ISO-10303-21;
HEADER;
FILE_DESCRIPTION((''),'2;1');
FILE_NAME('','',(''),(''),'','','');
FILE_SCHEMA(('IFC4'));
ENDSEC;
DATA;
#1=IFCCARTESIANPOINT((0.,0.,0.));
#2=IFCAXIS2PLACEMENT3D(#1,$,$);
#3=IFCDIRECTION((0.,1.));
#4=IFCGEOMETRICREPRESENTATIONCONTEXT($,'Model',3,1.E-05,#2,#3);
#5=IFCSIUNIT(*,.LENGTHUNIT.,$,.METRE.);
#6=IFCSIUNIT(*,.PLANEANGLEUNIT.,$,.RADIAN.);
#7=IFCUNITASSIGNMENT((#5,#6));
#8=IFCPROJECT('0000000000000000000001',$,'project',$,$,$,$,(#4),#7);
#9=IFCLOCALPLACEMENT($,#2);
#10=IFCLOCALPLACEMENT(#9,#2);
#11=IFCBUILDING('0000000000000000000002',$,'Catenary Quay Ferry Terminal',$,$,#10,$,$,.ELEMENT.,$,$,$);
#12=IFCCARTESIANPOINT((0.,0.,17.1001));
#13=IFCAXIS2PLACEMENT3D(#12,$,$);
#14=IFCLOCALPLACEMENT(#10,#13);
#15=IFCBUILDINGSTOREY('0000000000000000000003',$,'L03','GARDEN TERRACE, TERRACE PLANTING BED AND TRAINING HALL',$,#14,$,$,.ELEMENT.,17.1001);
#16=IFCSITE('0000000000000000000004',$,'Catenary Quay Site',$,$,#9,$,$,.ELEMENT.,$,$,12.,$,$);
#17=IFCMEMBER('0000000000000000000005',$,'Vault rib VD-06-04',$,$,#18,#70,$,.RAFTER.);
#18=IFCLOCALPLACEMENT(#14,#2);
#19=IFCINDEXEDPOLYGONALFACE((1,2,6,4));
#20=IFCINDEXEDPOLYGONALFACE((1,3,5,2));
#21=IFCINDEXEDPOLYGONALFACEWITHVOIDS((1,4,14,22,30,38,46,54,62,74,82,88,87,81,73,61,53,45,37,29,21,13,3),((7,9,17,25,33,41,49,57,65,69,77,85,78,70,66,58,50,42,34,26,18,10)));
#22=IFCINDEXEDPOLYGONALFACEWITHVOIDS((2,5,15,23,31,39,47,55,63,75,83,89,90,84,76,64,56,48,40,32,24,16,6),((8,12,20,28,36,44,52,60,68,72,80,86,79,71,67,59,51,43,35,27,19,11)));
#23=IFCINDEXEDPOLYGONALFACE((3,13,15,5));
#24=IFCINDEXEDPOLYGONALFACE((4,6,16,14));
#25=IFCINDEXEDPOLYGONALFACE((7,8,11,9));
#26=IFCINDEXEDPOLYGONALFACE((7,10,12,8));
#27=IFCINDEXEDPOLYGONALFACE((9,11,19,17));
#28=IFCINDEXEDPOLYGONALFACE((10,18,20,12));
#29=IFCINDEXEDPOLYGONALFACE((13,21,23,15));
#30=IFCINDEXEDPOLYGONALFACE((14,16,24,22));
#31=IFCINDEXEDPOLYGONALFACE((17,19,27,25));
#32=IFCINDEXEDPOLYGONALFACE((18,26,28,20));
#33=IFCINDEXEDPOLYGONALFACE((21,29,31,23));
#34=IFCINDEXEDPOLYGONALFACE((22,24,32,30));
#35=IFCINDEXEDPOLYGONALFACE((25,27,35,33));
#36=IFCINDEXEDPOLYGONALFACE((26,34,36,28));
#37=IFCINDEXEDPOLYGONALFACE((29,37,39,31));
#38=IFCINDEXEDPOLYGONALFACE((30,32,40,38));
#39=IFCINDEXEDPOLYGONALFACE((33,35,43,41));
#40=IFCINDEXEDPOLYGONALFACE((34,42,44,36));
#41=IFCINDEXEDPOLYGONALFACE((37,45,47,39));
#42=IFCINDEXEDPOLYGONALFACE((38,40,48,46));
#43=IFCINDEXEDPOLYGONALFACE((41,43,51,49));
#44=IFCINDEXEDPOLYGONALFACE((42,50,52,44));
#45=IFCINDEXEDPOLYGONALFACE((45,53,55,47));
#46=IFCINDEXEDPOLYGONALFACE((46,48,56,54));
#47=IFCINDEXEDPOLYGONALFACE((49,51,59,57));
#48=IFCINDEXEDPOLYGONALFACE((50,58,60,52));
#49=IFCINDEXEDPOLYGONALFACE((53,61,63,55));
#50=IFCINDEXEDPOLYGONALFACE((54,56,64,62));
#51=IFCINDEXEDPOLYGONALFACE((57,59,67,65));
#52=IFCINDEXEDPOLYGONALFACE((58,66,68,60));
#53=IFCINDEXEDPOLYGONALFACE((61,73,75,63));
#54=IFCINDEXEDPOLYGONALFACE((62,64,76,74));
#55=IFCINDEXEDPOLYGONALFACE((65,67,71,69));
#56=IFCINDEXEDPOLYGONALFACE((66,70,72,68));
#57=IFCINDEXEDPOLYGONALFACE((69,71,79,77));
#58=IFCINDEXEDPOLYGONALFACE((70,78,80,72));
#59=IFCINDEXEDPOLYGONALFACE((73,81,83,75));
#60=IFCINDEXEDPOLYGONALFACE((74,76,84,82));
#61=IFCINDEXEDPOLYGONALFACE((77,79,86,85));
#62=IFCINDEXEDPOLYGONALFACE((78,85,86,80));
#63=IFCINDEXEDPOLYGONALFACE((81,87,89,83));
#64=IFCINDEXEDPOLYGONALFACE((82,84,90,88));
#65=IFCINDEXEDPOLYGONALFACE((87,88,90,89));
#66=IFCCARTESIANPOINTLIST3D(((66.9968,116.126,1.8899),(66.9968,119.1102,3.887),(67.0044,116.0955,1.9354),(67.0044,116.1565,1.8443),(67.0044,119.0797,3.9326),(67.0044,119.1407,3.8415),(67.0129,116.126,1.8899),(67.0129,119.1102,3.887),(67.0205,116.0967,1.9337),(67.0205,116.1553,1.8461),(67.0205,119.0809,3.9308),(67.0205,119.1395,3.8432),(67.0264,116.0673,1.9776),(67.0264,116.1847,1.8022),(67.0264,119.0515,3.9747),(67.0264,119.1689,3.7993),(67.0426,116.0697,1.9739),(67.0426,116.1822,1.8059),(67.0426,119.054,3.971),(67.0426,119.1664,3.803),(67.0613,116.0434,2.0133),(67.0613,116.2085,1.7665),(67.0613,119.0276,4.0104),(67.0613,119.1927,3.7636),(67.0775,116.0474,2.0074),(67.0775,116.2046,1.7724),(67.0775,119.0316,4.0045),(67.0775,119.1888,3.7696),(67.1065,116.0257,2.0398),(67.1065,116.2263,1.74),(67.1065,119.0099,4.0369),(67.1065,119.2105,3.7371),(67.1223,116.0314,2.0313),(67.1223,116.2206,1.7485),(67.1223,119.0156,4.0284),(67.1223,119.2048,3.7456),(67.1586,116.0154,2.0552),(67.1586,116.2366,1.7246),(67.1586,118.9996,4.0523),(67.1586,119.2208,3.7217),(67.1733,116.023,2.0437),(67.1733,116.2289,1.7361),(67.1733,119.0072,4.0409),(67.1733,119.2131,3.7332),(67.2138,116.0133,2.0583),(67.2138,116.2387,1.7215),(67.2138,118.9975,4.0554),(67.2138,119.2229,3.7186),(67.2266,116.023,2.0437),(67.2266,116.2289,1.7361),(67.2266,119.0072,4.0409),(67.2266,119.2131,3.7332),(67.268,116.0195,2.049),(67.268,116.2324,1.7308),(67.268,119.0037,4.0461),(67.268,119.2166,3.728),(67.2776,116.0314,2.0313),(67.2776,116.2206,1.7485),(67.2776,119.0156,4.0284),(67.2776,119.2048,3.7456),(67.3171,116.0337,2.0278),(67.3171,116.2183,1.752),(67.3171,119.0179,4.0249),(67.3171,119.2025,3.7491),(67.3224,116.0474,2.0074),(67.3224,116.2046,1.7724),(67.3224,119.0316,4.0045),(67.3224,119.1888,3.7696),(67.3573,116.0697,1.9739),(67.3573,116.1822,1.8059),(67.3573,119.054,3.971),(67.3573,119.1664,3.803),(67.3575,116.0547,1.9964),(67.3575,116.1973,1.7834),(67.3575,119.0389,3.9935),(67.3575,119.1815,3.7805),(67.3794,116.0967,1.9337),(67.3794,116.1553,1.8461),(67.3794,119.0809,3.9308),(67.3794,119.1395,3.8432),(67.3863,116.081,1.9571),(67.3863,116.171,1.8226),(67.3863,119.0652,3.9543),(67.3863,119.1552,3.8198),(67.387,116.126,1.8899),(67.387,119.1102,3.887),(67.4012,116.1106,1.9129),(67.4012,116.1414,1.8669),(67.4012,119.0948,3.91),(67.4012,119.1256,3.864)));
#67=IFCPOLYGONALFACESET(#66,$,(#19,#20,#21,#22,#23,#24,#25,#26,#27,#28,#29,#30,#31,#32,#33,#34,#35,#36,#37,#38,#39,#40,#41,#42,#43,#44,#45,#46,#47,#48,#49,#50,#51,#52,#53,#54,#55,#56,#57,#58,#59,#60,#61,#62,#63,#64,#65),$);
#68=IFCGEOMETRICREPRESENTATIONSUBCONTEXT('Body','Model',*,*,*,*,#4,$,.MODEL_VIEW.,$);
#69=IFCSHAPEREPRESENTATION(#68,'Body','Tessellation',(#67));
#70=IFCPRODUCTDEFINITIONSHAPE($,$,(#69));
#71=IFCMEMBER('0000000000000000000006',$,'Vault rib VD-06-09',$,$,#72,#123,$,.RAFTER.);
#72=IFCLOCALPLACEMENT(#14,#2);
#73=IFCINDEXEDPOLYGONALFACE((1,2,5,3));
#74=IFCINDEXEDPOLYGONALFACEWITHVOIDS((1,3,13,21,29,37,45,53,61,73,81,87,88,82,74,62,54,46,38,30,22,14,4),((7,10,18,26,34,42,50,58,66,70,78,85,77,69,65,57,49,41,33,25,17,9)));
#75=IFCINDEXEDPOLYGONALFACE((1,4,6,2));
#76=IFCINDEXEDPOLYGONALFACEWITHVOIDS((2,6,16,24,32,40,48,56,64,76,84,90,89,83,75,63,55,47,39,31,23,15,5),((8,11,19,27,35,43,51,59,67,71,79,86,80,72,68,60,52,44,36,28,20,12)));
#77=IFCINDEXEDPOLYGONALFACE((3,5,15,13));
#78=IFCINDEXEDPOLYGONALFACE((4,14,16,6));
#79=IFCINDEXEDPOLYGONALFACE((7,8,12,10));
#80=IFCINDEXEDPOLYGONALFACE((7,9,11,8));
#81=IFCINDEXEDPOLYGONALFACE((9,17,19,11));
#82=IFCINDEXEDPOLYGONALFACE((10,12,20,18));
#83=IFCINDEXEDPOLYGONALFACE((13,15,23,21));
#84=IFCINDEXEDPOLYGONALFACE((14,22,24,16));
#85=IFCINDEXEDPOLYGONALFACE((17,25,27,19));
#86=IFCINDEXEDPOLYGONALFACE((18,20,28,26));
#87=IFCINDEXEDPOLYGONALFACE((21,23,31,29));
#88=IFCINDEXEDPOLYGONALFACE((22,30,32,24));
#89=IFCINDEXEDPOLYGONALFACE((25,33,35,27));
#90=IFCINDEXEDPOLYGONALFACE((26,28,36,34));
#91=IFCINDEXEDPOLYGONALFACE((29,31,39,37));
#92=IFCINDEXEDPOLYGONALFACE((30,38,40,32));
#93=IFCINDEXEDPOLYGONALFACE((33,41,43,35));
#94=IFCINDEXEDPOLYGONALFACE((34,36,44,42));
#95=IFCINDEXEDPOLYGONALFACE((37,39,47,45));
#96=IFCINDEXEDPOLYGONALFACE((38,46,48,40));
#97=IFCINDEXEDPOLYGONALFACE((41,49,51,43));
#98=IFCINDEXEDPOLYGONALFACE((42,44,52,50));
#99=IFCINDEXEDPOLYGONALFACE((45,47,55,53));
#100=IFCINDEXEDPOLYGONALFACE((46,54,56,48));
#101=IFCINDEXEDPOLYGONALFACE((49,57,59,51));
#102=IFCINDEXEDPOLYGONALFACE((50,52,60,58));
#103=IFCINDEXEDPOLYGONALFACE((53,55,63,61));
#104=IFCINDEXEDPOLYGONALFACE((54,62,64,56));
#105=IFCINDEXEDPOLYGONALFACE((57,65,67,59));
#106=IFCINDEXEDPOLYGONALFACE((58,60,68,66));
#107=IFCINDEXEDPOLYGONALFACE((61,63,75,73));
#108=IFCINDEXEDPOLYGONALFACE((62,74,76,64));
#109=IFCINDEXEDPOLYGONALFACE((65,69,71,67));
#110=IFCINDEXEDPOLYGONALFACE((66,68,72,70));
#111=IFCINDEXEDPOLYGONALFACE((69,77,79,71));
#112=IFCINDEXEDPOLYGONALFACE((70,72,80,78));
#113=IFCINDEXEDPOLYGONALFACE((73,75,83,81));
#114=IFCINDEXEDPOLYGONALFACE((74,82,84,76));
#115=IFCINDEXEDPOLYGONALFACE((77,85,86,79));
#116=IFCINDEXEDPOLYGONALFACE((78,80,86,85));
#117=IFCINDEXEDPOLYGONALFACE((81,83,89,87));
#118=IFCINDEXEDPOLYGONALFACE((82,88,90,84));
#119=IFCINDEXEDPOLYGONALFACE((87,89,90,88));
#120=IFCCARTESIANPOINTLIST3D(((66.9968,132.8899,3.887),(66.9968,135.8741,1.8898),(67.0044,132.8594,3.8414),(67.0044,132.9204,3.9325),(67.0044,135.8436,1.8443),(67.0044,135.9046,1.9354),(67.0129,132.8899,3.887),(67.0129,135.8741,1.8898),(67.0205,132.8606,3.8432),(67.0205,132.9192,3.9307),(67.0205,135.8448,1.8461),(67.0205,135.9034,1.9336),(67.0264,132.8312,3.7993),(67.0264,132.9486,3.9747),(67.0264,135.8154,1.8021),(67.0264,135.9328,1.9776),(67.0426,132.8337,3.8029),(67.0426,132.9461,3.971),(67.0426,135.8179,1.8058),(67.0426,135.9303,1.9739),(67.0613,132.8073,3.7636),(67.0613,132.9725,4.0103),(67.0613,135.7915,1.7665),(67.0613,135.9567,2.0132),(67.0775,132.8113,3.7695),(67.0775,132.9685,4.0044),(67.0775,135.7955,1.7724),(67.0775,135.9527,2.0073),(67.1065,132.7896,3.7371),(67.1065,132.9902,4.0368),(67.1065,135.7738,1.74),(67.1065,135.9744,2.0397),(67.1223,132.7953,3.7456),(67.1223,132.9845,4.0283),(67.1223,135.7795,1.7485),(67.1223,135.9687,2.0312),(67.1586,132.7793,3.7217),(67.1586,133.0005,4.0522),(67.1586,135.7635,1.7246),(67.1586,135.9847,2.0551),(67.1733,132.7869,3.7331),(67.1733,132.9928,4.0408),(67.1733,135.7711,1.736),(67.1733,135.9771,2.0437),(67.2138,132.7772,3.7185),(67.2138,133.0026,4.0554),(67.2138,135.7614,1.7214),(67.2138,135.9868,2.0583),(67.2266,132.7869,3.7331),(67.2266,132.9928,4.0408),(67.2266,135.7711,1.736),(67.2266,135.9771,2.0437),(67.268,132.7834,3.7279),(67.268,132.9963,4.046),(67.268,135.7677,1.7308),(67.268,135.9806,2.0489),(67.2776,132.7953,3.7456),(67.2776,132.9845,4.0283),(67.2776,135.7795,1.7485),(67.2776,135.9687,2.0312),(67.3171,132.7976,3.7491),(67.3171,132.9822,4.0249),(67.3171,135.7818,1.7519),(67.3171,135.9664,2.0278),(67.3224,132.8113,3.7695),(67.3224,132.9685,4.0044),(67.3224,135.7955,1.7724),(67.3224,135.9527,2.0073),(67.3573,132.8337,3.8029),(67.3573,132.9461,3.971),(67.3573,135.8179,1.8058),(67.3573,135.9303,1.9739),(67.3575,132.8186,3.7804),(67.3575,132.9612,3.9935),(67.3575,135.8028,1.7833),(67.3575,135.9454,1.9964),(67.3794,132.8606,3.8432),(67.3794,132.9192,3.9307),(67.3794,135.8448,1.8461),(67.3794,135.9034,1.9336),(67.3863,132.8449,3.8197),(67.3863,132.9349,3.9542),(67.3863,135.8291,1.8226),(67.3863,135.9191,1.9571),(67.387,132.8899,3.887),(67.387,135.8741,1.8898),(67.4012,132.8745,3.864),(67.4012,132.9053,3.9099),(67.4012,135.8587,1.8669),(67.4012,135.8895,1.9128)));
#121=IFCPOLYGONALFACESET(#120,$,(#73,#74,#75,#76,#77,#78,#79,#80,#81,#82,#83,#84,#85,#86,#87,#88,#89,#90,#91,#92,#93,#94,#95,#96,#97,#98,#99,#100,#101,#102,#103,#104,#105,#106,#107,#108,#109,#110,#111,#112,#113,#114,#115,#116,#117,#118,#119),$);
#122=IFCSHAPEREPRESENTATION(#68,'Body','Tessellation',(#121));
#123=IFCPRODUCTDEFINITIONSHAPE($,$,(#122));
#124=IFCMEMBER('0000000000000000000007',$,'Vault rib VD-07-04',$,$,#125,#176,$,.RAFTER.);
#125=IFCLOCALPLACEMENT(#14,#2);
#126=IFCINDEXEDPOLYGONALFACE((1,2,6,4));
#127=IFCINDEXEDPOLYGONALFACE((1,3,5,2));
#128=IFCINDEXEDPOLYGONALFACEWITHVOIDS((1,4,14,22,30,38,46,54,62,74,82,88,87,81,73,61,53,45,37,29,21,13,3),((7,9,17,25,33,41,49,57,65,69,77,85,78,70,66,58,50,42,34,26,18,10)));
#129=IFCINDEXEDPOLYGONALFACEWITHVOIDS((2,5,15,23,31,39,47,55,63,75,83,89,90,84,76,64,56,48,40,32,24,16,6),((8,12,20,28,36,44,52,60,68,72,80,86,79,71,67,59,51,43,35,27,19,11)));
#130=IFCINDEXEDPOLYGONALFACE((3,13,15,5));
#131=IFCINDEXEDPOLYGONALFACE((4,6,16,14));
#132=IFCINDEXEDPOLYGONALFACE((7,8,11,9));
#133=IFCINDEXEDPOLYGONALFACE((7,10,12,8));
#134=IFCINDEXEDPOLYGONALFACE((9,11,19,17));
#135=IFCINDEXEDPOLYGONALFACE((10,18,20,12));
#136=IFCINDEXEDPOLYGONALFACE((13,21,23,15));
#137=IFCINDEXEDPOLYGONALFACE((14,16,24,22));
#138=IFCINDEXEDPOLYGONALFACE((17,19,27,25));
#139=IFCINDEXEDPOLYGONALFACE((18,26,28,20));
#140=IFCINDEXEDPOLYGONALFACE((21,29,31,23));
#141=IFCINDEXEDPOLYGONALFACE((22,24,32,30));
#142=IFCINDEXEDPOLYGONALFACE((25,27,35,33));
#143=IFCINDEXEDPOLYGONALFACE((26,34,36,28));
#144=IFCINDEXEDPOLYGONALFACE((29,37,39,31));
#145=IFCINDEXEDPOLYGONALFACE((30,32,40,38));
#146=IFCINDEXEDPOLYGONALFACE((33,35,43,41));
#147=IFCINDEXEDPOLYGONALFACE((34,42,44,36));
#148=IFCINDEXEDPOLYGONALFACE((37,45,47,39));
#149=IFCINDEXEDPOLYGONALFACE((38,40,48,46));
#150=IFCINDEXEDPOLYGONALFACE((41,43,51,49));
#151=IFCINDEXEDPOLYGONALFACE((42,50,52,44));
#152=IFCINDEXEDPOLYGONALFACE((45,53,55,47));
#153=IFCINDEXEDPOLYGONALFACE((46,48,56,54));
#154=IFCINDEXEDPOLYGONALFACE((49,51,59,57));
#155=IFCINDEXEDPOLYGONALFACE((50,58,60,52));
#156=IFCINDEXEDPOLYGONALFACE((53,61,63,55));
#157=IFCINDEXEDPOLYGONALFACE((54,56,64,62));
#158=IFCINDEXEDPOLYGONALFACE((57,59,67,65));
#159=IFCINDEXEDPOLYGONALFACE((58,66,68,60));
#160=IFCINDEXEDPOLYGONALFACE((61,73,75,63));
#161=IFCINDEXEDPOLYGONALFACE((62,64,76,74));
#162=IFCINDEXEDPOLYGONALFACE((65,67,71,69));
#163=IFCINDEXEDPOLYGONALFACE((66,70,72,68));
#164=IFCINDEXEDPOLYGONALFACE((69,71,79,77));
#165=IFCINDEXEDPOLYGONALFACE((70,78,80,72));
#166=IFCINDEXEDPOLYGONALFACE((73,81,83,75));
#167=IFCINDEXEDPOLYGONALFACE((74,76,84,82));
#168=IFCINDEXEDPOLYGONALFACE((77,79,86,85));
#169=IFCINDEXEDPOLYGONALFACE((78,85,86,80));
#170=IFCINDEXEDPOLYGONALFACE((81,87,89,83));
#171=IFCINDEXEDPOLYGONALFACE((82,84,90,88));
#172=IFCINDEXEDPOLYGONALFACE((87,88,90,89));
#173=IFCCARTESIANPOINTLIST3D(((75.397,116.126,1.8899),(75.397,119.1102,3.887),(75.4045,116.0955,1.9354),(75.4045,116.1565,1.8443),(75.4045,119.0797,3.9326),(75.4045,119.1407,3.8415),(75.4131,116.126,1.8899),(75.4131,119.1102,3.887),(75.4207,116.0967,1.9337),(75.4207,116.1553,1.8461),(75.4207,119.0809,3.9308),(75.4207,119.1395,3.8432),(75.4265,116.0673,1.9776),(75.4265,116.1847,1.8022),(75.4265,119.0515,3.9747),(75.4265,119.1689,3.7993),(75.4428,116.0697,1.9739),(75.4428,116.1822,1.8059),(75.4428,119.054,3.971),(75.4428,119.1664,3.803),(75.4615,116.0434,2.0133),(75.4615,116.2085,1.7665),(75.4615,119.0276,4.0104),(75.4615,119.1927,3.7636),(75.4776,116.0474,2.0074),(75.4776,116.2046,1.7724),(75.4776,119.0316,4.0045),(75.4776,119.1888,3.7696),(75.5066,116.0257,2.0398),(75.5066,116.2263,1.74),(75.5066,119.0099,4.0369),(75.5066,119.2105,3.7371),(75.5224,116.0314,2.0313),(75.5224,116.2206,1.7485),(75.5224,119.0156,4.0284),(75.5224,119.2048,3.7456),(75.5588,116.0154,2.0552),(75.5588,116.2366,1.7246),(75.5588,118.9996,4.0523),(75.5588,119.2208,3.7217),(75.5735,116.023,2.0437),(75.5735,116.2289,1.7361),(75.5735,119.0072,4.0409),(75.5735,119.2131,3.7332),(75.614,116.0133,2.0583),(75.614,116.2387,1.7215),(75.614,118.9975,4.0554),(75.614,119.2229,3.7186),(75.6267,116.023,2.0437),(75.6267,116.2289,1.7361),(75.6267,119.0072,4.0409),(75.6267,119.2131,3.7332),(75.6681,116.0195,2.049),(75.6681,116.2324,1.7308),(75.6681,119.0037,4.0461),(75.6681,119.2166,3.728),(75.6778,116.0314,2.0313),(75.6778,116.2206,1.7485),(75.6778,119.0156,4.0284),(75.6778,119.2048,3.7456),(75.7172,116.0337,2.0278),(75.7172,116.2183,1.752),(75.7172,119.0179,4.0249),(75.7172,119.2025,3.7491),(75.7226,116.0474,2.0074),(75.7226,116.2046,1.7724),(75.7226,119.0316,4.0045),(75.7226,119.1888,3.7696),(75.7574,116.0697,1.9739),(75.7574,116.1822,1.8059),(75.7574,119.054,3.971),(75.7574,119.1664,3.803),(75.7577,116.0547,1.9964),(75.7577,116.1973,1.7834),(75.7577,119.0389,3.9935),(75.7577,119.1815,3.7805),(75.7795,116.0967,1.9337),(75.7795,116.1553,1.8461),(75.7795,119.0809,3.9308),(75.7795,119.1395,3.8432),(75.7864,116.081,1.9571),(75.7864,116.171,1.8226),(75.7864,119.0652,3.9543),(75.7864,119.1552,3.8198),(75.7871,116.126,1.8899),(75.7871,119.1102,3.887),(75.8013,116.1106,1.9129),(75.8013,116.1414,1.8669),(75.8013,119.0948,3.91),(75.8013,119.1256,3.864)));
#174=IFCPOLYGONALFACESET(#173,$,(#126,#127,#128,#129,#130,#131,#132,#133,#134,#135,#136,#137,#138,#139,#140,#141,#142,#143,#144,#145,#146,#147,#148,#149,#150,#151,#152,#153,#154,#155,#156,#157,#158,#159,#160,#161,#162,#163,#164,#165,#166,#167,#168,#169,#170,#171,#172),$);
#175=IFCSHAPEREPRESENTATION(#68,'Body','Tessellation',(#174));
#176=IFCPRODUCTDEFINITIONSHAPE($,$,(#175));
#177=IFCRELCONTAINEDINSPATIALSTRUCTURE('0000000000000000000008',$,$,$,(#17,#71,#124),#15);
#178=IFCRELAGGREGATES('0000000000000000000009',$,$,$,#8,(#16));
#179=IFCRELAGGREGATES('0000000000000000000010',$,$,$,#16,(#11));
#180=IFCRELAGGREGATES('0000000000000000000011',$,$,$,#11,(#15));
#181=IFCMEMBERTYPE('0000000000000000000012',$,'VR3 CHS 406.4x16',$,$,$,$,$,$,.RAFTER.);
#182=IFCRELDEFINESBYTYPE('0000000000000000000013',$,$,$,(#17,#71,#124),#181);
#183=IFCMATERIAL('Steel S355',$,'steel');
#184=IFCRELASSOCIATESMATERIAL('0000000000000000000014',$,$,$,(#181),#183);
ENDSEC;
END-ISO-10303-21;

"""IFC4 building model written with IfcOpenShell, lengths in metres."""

from ifc_helpers import new_model, si_unit, direction, frame, origin, origin_2d, place, context, subcontext, project, spatial, hollow_circle, extrude, material, material_profile, profile_set, type_object, element, save


model = new_model("IFC4")

# Units and contexts
model_context = context("Model", 3, precision=1e-05, world=origin(), true_north=direction((0.0, 1.0)))
body_context = subcontext(model_context, "Body", "Model", "MODEL_VIEW")
ifc_project = project(units=[si_unit("LENGTHUNIT", "METRE"), si_unit("PLANEANGLEUNIT", "RADIAN")], contexts=[model_context])

# Site, building, storey
site_placement = place(None, origin())
site = spatial("IfcSite", under=ifc_project, at=site_placement, Name="Catenary Quay Site", CompositionType="ELEMENT", RefElevation=12.0)
building_placement = place(site_placement, origin())
building = spatial("IfcBuilding", under=site, at=building_placement, Name="Catenary Quay Ferry Terminal", CompositionType="ELEMENT")
storey_placement = place(building_placement, frame((0.0, 0.0, 17.1001)))
storey = spatial("IfcBuildingStorey", under=building, at=storey_placement, Name="L03", Description="GARDEN TERRACE, TERRACE PLANTING BED AND TRAINING HALL", CompositionType="ELEMENT", Elevation=17.1001)

# Members
ifc_material_1 = material(Name="Steel S355", Category="steel")
ifc_material_profile_1 = material_profile(ifc_material_1, hollow_circle(Radius=0.2031, WallThickness=0.0161, at=origin_2d()), Name="CHS 406.4x16")
ifc_profile_set_1 = profile_set([ifc_material_profile_1], Name="Steel S355")
member_type_1 = type_object("IfcMemberType", Name="VR3 CHS 406.4x16", PredefinedType="RAFTER", material=ifc_profile_set_1)
for number, where, z_axis, x_axis, name in (
    (1, (67.2, 116.126, 1.8899), (0.0, 0.831066, 0.556174), (-1.0, 0.0, 0.0), "Vault rib VD-06-04"),
    (2, (67.2, 132.8899, 3.887), (0.0, 0.831066, -0.556174), (-1.0, 0.0, 0.0), "Vault rib VD-06-09"),
    (3, (75.6001, 116.126, 1.8899), (0.0, 0.831066, 0.556174), (-1.0, 0.0, 0.0), "Vault rib VD-07-04"),
):
    element("IfcMember", number, at=place(storey_placement, frame(where, z_axis=z_axis, x_axis=x_axis)), inside=storey, type_object=member_type_1, Name=name, PredefinedType="RAFTER", context=body_context, shape_type="SweptSolid", body=[
        extrude(hollow_circle(Radius=0.2031, WallThickness=0.0161, at=origin_2d()), origin(), (0.0, 0.0, 1.0), 3.5908),
    ])

save(model, "model.ifc")
